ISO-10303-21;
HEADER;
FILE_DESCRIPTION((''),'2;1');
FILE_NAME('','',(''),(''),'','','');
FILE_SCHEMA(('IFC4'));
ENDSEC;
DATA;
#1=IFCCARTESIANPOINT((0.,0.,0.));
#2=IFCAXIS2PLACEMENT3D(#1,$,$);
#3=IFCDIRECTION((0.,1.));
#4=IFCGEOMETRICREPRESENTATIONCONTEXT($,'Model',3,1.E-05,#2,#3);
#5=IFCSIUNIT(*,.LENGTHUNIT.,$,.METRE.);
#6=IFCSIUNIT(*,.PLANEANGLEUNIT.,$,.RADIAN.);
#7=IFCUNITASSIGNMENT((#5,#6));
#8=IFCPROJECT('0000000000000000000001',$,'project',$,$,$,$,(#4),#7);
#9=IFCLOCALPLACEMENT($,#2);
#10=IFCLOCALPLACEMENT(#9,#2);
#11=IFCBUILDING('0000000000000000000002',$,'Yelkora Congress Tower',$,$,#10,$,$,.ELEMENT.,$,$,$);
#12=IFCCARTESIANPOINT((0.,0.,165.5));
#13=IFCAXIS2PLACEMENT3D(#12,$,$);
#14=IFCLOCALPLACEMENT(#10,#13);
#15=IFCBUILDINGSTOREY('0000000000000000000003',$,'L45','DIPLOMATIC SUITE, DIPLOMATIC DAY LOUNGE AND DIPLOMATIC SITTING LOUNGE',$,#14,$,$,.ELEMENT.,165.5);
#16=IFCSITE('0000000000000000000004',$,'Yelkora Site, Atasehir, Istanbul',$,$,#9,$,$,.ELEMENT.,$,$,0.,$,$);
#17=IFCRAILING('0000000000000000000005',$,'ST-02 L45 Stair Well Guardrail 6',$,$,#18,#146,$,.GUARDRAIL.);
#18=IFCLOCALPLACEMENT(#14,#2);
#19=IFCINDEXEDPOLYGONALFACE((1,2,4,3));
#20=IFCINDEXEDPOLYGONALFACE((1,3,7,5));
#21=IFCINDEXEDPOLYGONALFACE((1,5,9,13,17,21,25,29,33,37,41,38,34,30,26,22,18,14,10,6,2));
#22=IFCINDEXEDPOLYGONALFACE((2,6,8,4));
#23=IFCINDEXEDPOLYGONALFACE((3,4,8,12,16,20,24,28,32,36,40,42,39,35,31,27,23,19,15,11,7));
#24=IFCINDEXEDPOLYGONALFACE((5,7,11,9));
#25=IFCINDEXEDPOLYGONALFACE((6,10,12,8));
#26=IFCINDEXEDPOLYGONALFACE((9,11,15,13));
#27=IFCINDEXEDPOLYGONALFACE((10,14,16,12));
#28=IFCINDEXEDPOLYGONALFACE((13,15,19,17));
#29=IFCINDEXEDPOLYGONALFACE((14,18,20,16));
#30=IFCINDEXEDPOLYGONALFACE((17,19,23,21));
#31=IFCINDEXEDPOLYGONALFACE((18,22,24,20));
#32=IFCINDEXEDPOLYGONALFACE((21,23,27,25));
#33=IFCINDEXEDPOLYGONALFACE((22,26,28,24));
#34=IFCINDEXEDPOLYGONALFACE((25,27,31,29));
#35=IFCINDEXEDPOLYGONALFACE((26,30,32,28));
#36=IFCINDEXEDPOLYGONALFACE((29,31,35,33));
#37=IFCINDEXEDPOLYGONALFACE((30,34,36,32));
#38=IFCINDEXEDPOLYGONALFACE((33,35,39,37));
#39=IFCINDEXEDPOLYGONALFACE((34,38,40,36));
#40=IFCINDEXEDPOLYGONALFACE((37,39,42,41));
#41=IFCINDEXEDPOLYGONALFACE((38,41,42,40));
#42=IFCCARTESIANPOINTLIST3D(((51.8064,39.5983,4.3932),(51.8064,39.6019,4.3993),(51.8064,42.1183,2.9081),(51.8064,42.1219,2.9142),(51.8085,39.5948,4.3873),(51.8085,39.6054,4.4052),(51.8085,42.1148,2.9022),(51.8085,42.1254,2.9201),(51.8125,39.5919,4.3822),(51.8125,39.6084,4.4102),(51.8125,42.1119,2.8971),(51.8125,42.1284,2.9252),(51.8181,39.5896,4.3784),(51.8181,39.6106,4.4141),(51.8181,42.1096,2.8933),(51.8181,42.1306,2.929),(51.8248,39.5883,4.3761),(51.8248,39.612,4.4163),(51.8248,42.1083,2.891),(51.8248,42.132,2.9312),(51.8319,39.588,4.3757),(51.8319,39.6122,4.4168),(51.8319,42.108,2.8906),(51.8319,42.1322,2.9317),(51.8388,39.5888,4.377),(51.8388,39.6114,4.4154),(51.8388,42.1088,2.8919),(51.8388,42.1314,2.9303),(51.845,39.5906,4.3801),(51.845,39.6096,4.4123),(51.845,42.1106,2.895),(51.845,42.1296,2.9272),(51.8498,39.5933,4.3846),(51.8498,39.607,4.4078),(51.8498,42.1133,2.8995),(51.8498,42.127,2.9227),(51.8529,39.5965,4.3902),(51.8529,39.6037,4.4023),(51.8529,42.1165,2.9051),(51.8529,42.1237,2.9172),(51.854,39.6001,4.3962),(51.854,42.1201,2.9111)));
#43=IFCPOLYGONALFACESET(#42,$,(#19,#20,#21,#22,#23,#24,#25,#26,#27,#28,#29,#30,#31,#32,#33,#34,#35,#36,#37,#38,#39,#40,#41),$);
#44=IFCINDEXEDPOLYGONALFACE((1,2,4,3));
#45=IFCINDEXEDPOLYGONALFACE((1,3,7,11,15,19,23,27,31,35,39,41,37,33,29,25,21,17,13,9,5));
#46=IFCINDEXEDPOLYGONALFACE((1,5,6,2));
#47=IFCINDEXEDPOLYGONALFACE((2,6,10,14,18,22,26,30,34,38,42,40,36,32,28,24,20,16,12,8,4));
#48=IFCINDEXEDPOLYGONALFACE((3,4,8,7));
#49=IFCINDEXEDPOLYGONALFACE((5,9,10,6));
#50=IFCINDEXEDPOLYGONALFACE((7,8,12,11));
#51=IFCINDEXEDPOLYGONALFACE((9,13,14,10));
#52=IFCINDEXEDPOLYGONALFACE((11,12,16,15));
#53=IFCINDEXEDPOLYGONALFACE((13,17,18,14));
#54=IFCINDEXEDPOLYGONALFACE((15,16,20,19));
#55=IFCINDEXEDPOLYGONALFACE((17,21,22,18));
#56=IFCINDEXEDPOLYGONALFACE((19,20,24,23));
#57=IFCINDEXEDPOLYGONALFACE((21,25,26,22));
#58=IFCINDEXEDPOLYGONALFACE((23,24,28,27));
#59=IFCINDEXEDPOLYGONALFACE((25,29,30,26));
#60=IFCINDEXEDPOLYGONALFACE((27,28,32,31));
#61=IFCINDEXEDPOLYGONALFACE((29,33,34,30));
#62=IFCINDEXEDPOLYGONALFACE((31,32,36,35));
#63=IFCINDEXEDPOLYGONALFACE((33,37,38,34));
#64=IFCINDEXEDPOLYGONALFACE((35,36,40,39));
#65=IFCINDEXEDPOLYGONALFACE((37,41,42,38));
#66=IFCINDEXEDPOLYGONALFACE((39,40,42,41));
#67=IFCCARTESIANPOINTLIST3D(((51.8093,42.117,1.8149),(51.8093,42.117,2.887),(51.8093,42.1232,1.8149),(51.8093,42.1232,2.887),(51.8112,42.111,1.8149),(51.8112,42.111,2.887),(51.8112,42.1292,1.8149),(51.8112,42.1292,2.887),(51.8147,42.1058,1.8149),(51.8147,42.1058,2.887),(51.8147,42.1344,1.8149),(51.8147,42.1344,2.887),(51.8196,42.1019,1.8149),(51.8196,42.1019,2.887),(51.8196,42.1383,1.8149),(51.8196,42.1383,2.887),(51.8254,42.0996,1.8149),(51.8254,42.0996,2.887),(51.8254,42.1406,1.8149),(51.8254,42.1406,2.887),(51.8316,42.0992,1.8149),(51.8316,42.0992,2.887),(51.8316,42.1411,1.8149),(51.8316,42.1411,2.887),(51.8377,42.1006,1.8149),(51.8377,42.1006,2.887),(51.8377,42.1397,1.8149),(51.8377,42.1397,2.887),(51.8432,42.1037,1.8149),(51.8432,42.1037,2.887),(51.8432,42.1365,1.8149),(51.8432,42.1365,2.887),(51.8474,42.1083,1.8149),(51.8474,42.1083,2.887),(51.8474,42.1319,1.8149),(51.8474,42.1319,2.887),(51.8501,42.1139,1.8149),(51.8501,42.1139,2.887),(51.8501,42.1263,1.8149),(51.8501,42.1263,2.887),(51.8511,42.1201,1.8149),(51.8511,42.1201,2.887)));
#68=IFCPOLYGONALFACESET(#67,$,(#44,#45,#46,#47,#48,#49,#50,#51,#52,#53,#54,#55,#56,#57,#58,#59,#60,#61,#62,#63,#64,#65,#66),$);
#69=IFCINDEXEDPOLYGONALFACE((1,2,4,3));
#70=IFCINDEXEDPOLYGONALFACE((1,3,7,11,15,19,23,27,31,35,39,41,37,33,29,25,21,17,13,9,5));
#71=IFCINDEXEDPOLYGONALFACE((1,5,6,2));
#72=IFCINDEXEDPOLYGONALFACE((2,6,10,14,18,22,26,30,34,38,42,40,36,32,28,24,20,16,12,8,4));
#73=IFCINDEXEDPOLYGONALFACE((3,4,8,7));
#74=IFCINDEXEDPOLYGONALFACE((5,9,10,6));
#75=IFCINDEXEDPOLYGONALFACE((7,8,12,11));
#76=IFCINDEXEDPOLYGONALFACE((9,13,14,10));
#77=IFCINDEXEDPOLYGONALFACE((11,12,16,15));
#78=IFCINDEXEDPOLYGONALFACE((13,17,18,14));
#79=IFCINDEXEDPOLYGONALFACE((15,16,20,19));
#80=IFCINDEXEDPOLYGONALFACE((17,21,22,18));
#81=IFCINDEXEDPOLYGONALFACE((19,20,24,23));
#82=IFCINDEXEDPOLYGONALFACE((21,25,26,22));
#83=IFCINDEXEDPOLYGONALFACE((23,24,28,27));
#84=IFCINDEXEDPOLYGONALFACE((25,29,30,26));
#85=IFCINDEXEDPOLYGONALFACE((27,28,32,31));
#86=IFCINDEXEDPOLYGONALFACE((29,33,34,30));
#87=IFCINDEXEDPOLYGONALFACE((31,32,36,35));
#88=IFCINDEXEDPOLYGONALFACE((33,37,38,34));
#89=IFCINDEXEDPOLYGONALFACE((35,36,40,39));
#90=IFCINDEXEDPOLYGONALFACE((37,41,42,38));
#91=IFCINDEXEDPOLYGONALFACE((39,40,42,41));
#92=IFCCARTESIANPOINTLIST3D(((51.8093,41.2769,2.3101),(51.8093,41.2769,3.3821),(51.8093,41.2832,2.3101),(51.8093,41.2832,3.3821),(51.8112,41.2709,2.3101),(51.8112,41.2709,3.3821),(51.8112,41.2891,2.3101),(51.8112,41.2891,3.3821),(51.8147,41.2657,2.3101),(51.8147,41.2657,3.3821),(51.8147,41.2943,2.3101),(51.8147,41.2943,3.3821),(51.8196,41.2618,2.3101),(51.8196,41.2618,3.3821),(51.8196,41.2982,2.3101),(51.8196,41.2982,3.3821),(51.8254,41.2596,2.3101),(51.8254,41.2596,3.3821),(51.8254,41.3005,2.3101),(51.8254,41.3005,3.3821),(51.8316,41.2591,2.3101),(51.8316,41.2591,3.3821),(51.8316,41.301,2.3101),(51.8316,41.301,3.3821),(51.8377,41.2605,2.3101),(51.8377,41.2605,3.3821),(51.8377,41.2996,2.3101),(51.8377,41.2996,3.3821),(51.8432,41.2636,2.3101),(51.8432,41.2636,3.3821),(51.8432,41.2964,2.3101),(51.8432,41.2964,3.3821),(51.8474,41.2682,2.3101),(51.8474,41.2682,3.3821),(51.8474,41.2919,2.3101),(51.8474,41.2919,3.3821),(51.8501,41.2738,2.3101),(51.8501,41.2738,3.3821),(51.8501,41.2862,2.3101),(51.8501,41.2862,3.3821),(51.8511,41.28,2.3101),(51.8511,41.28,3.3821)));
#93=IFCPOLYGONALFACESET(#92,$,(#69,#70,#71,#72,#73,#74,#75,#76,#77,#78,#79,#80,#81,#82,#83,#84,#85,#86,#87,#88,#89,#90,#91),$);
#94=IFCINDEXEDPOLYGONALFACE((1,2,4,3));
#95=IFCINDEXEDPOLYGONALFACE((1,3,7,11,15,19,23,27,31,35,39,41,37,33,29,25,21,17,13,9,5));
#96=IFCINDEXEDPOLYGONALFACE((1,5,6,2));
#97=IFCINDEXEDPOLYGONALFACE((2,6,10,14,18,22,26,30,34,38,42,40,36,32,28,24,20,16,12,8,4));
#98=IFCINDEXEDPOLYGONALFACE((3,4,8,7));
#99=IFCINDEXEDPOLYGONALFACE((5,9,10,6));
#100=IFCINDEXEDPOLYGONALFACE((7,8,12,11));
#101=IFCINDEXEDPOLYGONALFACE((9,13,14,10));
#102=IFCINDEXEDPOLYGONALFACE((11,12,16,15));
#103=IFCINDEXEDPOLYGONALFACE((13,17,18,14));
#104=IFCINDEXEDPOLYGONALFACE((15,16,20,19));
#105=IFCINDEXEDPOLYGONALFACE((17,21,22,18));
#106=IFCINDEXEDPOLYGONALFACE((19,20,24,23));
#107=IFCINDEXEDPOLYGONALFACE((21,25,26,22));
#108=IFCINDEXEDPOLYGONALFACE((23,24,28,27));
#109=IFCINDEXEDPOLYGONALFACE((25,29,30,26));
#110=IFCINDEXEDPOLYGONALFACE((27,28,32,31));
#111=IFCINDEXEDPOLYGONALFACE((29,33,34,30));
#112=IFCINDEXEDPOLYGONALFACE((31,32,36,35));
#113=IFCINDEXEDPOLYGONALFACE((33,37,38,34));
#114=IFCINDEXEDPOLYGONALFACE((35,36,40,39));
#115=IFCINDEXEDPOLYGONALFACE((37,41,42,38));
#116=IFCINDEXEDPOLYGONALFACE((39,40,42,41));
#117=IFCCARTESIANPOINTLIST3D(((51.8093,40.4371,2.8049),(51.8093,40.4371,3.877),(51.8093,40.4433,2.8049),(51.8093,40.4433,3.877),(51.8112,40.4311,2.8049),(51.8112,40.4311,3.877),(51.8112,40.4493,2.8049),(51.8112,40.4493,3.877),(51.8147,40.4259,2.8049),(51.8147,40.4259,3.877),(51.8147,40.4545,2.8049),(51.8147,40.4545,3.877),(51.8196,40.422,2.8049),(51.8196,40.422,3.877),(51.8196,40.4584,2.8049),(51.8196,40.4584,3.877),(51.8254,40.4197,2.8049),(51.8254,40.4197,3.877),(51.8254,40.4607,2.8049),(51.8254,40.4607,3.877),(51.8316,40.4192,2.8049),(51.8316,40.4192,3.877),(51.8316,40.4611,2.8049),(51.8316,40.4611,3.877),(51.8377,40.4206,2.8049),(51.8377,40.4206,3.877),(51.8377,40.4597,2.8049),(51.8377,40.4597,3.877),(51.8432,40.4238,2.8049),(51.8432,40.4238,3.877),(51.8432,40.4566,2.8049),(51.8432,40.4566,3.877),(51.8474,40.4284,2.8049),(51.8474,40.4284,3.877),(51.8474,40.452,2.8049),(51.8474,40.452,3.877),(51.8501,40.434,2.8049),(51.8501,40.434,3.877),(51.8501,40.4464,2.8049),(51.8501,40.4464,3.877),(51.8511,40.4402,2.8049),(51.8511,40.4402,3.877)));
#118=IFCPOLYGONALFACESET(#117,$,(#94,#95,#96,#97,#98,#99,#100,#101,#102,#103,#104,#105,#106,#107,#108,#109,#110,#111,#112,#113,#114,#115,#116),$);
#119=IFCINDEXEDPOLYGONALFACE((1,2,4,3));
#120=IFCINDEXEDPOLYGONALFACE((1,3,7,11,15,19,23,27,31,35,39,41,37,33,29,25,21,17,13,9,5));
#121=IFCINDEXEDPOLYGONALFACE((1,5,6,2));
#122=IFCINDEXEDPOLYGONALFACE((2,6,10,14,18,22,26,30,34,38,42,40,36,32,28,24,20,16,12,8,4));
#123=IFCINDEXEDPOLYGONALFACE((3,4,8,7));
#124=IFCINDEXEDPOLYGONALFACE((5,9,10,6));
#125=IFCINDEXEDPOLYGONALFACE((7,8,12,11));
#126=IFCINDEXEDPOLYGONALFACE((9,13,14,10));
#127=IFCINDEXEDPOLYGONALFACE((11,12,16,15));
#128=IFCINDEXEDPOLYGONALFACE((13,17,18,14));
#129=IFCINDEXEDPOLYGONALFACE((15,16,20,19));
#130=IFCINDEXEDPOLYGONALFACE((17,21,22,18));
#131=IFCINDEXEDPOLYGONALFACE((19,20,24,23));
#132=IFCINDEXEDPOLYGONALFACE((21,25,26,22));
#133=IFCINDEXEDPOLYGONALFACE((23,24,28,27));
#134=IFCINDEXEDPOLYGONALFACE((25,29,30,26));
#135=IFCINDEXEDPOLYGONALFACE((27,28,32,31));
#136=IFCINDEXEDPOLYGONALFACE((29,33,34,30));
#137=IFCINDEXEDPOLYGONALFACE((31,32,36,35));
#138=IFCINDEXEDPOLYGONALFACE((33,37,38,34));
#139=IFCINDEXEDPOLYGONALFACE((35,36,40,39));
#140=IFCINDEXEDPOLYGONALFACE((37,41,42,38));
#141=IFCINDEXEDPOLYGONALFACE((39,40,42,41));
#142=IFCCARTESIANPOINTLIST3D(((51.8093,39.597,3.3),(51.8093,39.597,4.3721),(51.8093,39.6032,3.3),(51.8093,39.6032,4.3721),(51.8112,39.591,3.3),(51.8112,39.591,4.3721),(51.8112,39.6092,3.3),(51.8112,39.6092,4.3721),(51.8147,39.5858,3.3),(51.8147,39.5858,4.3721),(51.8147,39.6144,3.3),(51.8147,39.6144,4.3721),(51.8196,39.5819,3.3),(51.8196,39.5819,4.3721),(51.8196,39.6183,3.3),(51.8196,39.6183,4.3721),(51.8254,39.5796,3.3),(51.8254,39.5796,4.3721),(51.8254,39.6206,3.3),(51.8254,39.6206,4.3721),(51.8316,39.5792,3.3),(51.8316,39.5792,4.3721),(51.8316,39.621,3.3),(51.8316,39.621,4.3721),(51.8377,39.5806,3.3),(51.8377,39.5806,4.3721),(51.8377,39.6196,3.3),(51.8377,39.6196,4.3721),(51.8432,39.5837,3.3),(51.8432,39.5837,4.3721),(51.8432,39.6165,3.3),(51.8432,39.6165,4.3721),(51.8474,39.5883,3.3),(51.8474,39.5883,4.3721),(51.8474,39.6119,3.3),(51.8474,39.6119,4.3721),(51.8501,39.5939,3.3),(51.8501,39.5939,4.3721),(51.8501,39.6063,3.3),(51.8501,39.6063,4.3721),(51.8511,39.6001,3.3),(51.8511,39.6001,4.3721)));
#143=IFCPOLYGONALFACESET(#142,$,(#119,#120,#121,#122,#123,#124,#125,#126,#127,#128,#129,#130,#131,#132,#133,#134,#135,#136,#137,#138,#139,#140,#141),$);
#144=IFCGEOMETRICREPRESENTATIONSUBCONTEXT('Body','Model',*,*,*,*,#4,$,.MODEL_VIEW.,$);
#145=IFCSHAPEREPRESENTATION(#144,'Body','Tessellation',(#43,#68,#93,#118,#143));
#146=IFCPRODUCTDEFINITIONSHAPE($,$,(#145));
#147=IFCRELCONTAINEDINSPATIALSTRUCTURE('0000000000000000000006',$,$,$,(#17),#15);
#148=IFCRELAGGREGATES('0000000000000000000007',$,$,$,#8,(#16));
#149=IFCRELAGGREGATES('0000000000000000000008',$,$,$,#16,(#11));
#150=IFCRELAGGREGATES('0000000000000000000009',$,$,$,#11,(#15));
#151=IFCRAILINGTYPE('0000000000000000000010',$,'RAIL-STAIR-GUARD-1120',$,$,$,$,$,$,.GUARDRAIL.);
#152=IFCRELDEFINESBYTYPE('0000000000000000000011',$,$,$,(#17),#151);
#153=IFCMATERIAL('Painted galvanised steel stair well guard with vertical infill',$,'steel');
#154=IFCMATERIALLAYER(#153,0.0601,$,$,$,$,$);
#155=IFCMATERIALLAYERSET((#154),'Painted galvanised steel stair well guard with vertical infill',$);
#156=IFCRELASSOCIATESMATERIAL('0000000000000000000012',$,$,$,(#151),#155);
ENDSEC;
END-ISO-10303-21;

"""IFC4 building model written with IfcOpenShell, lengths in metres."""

from ifc_helpers import new_model, si_unit, direction, frame, origin, origin_2d, place, context, subcontext, project, spatial, circle, extrude, material, layer, layer_set, type_object, element, save


model = new_model("IFC4")

# Units and contexts
model_context = context("Model", 3, precision=1e-05, world=origin(), true_north=direction((0.0, 1.0)))
body_context = subcontext(model_context, "Body", "Model", "MODEL_VIEW")
ifc_project = project(units=[si_unit("LENGTHUNIT", "METRE"), si_unit("PLANEANGLEUNIT", "RADIAN")], contexts=[model_context])

# Site, building, storey
site_placement = place(None, origin())
site = spatial("IfcSite", under=ifc_project, at=site_placement, Name="Yelkora Site, Atasehir, Istanbul", CompositionType="ELEMENT", RefElevation=0.0)
building_placement = place(site_placement, origin())
building = spatial("IfcBuilding", under=site, at=building_placement, Name="Yelkora Congress Tower", CompositionType="ELEMENT")
storey_placement = place(building_placement, frame((0.0, 0.0, 165.5)))
storey = spatial("IfcBuildingStorey", under=building, at=storey_placement, Name="L45", Description="DIPLOMATIC SUITE, DIPLOMATIC DAY LOUNGE AND DIPLOMATIC SITTING LOUNGE", CompositionType="ELEMENT", Elevation=165.5)

# Railing
ifc_material_1 = material(Name="Painted galvanised steel stair well guard with vertical infill", Category="steel")
ifc_layer_1 = layer(ifc_material_1, 0.0601)
ifc_layer_set_1 = layer_set([ifc_layer_1], Name="Painted galvanised steel stair well guard with vertical infill")
railing_type_1 = type_object("IfcRailingType", Name="RAIL-STAIR-GUARD-1120", PredefinedType="GUARDRAIL", material=ifc_layer_set_1)
railing_1_placement = place(storey_placement, frame((51.8301, 42.1201, 1.8149)))
element("IfcRailing", 1, at=railing_1_placement, inside=storey, type_object=railing_type_1, Name="ST-02 L45 Stair Well Guardrail 6", PredefinedType="GUARDRAIL", context=body_context, shape_type="SweptSolid", body=[
    extrude(circle(Radius=0.0239, at=origin_2d()), frame((0.0, 0.0, 1.0962), z_axis=(0.0, -0.861524, 0.507717), x_axis=(1.0, 0.0, 0.0)), (0.0, 0.0, 1.0), 2.925),
    extrude(circle(Radius=0.021, at=origin_2d()), origin(), (0.0, 0.0, 1.0), 1.072),
    extrude(circle(Radius=0.021, at=origin_2d()), frame((0.0, -0.8401, 0.4951)), (0.0, 0.0, 1.0), 1.072),
    extrude(circle(Radius=0.021, at=origin_2d()), frame((0.0, -1.6799, 0.99)), (0.0, 0.0, 1.0), 1.072),
    extrude(circle(Radius=0.021, at=origin_2d()), frame((0.0, -2.52, 1.4851)), (0.0, 0.0, 1.0), 1.072),
])

save(model, "model.ifc")
